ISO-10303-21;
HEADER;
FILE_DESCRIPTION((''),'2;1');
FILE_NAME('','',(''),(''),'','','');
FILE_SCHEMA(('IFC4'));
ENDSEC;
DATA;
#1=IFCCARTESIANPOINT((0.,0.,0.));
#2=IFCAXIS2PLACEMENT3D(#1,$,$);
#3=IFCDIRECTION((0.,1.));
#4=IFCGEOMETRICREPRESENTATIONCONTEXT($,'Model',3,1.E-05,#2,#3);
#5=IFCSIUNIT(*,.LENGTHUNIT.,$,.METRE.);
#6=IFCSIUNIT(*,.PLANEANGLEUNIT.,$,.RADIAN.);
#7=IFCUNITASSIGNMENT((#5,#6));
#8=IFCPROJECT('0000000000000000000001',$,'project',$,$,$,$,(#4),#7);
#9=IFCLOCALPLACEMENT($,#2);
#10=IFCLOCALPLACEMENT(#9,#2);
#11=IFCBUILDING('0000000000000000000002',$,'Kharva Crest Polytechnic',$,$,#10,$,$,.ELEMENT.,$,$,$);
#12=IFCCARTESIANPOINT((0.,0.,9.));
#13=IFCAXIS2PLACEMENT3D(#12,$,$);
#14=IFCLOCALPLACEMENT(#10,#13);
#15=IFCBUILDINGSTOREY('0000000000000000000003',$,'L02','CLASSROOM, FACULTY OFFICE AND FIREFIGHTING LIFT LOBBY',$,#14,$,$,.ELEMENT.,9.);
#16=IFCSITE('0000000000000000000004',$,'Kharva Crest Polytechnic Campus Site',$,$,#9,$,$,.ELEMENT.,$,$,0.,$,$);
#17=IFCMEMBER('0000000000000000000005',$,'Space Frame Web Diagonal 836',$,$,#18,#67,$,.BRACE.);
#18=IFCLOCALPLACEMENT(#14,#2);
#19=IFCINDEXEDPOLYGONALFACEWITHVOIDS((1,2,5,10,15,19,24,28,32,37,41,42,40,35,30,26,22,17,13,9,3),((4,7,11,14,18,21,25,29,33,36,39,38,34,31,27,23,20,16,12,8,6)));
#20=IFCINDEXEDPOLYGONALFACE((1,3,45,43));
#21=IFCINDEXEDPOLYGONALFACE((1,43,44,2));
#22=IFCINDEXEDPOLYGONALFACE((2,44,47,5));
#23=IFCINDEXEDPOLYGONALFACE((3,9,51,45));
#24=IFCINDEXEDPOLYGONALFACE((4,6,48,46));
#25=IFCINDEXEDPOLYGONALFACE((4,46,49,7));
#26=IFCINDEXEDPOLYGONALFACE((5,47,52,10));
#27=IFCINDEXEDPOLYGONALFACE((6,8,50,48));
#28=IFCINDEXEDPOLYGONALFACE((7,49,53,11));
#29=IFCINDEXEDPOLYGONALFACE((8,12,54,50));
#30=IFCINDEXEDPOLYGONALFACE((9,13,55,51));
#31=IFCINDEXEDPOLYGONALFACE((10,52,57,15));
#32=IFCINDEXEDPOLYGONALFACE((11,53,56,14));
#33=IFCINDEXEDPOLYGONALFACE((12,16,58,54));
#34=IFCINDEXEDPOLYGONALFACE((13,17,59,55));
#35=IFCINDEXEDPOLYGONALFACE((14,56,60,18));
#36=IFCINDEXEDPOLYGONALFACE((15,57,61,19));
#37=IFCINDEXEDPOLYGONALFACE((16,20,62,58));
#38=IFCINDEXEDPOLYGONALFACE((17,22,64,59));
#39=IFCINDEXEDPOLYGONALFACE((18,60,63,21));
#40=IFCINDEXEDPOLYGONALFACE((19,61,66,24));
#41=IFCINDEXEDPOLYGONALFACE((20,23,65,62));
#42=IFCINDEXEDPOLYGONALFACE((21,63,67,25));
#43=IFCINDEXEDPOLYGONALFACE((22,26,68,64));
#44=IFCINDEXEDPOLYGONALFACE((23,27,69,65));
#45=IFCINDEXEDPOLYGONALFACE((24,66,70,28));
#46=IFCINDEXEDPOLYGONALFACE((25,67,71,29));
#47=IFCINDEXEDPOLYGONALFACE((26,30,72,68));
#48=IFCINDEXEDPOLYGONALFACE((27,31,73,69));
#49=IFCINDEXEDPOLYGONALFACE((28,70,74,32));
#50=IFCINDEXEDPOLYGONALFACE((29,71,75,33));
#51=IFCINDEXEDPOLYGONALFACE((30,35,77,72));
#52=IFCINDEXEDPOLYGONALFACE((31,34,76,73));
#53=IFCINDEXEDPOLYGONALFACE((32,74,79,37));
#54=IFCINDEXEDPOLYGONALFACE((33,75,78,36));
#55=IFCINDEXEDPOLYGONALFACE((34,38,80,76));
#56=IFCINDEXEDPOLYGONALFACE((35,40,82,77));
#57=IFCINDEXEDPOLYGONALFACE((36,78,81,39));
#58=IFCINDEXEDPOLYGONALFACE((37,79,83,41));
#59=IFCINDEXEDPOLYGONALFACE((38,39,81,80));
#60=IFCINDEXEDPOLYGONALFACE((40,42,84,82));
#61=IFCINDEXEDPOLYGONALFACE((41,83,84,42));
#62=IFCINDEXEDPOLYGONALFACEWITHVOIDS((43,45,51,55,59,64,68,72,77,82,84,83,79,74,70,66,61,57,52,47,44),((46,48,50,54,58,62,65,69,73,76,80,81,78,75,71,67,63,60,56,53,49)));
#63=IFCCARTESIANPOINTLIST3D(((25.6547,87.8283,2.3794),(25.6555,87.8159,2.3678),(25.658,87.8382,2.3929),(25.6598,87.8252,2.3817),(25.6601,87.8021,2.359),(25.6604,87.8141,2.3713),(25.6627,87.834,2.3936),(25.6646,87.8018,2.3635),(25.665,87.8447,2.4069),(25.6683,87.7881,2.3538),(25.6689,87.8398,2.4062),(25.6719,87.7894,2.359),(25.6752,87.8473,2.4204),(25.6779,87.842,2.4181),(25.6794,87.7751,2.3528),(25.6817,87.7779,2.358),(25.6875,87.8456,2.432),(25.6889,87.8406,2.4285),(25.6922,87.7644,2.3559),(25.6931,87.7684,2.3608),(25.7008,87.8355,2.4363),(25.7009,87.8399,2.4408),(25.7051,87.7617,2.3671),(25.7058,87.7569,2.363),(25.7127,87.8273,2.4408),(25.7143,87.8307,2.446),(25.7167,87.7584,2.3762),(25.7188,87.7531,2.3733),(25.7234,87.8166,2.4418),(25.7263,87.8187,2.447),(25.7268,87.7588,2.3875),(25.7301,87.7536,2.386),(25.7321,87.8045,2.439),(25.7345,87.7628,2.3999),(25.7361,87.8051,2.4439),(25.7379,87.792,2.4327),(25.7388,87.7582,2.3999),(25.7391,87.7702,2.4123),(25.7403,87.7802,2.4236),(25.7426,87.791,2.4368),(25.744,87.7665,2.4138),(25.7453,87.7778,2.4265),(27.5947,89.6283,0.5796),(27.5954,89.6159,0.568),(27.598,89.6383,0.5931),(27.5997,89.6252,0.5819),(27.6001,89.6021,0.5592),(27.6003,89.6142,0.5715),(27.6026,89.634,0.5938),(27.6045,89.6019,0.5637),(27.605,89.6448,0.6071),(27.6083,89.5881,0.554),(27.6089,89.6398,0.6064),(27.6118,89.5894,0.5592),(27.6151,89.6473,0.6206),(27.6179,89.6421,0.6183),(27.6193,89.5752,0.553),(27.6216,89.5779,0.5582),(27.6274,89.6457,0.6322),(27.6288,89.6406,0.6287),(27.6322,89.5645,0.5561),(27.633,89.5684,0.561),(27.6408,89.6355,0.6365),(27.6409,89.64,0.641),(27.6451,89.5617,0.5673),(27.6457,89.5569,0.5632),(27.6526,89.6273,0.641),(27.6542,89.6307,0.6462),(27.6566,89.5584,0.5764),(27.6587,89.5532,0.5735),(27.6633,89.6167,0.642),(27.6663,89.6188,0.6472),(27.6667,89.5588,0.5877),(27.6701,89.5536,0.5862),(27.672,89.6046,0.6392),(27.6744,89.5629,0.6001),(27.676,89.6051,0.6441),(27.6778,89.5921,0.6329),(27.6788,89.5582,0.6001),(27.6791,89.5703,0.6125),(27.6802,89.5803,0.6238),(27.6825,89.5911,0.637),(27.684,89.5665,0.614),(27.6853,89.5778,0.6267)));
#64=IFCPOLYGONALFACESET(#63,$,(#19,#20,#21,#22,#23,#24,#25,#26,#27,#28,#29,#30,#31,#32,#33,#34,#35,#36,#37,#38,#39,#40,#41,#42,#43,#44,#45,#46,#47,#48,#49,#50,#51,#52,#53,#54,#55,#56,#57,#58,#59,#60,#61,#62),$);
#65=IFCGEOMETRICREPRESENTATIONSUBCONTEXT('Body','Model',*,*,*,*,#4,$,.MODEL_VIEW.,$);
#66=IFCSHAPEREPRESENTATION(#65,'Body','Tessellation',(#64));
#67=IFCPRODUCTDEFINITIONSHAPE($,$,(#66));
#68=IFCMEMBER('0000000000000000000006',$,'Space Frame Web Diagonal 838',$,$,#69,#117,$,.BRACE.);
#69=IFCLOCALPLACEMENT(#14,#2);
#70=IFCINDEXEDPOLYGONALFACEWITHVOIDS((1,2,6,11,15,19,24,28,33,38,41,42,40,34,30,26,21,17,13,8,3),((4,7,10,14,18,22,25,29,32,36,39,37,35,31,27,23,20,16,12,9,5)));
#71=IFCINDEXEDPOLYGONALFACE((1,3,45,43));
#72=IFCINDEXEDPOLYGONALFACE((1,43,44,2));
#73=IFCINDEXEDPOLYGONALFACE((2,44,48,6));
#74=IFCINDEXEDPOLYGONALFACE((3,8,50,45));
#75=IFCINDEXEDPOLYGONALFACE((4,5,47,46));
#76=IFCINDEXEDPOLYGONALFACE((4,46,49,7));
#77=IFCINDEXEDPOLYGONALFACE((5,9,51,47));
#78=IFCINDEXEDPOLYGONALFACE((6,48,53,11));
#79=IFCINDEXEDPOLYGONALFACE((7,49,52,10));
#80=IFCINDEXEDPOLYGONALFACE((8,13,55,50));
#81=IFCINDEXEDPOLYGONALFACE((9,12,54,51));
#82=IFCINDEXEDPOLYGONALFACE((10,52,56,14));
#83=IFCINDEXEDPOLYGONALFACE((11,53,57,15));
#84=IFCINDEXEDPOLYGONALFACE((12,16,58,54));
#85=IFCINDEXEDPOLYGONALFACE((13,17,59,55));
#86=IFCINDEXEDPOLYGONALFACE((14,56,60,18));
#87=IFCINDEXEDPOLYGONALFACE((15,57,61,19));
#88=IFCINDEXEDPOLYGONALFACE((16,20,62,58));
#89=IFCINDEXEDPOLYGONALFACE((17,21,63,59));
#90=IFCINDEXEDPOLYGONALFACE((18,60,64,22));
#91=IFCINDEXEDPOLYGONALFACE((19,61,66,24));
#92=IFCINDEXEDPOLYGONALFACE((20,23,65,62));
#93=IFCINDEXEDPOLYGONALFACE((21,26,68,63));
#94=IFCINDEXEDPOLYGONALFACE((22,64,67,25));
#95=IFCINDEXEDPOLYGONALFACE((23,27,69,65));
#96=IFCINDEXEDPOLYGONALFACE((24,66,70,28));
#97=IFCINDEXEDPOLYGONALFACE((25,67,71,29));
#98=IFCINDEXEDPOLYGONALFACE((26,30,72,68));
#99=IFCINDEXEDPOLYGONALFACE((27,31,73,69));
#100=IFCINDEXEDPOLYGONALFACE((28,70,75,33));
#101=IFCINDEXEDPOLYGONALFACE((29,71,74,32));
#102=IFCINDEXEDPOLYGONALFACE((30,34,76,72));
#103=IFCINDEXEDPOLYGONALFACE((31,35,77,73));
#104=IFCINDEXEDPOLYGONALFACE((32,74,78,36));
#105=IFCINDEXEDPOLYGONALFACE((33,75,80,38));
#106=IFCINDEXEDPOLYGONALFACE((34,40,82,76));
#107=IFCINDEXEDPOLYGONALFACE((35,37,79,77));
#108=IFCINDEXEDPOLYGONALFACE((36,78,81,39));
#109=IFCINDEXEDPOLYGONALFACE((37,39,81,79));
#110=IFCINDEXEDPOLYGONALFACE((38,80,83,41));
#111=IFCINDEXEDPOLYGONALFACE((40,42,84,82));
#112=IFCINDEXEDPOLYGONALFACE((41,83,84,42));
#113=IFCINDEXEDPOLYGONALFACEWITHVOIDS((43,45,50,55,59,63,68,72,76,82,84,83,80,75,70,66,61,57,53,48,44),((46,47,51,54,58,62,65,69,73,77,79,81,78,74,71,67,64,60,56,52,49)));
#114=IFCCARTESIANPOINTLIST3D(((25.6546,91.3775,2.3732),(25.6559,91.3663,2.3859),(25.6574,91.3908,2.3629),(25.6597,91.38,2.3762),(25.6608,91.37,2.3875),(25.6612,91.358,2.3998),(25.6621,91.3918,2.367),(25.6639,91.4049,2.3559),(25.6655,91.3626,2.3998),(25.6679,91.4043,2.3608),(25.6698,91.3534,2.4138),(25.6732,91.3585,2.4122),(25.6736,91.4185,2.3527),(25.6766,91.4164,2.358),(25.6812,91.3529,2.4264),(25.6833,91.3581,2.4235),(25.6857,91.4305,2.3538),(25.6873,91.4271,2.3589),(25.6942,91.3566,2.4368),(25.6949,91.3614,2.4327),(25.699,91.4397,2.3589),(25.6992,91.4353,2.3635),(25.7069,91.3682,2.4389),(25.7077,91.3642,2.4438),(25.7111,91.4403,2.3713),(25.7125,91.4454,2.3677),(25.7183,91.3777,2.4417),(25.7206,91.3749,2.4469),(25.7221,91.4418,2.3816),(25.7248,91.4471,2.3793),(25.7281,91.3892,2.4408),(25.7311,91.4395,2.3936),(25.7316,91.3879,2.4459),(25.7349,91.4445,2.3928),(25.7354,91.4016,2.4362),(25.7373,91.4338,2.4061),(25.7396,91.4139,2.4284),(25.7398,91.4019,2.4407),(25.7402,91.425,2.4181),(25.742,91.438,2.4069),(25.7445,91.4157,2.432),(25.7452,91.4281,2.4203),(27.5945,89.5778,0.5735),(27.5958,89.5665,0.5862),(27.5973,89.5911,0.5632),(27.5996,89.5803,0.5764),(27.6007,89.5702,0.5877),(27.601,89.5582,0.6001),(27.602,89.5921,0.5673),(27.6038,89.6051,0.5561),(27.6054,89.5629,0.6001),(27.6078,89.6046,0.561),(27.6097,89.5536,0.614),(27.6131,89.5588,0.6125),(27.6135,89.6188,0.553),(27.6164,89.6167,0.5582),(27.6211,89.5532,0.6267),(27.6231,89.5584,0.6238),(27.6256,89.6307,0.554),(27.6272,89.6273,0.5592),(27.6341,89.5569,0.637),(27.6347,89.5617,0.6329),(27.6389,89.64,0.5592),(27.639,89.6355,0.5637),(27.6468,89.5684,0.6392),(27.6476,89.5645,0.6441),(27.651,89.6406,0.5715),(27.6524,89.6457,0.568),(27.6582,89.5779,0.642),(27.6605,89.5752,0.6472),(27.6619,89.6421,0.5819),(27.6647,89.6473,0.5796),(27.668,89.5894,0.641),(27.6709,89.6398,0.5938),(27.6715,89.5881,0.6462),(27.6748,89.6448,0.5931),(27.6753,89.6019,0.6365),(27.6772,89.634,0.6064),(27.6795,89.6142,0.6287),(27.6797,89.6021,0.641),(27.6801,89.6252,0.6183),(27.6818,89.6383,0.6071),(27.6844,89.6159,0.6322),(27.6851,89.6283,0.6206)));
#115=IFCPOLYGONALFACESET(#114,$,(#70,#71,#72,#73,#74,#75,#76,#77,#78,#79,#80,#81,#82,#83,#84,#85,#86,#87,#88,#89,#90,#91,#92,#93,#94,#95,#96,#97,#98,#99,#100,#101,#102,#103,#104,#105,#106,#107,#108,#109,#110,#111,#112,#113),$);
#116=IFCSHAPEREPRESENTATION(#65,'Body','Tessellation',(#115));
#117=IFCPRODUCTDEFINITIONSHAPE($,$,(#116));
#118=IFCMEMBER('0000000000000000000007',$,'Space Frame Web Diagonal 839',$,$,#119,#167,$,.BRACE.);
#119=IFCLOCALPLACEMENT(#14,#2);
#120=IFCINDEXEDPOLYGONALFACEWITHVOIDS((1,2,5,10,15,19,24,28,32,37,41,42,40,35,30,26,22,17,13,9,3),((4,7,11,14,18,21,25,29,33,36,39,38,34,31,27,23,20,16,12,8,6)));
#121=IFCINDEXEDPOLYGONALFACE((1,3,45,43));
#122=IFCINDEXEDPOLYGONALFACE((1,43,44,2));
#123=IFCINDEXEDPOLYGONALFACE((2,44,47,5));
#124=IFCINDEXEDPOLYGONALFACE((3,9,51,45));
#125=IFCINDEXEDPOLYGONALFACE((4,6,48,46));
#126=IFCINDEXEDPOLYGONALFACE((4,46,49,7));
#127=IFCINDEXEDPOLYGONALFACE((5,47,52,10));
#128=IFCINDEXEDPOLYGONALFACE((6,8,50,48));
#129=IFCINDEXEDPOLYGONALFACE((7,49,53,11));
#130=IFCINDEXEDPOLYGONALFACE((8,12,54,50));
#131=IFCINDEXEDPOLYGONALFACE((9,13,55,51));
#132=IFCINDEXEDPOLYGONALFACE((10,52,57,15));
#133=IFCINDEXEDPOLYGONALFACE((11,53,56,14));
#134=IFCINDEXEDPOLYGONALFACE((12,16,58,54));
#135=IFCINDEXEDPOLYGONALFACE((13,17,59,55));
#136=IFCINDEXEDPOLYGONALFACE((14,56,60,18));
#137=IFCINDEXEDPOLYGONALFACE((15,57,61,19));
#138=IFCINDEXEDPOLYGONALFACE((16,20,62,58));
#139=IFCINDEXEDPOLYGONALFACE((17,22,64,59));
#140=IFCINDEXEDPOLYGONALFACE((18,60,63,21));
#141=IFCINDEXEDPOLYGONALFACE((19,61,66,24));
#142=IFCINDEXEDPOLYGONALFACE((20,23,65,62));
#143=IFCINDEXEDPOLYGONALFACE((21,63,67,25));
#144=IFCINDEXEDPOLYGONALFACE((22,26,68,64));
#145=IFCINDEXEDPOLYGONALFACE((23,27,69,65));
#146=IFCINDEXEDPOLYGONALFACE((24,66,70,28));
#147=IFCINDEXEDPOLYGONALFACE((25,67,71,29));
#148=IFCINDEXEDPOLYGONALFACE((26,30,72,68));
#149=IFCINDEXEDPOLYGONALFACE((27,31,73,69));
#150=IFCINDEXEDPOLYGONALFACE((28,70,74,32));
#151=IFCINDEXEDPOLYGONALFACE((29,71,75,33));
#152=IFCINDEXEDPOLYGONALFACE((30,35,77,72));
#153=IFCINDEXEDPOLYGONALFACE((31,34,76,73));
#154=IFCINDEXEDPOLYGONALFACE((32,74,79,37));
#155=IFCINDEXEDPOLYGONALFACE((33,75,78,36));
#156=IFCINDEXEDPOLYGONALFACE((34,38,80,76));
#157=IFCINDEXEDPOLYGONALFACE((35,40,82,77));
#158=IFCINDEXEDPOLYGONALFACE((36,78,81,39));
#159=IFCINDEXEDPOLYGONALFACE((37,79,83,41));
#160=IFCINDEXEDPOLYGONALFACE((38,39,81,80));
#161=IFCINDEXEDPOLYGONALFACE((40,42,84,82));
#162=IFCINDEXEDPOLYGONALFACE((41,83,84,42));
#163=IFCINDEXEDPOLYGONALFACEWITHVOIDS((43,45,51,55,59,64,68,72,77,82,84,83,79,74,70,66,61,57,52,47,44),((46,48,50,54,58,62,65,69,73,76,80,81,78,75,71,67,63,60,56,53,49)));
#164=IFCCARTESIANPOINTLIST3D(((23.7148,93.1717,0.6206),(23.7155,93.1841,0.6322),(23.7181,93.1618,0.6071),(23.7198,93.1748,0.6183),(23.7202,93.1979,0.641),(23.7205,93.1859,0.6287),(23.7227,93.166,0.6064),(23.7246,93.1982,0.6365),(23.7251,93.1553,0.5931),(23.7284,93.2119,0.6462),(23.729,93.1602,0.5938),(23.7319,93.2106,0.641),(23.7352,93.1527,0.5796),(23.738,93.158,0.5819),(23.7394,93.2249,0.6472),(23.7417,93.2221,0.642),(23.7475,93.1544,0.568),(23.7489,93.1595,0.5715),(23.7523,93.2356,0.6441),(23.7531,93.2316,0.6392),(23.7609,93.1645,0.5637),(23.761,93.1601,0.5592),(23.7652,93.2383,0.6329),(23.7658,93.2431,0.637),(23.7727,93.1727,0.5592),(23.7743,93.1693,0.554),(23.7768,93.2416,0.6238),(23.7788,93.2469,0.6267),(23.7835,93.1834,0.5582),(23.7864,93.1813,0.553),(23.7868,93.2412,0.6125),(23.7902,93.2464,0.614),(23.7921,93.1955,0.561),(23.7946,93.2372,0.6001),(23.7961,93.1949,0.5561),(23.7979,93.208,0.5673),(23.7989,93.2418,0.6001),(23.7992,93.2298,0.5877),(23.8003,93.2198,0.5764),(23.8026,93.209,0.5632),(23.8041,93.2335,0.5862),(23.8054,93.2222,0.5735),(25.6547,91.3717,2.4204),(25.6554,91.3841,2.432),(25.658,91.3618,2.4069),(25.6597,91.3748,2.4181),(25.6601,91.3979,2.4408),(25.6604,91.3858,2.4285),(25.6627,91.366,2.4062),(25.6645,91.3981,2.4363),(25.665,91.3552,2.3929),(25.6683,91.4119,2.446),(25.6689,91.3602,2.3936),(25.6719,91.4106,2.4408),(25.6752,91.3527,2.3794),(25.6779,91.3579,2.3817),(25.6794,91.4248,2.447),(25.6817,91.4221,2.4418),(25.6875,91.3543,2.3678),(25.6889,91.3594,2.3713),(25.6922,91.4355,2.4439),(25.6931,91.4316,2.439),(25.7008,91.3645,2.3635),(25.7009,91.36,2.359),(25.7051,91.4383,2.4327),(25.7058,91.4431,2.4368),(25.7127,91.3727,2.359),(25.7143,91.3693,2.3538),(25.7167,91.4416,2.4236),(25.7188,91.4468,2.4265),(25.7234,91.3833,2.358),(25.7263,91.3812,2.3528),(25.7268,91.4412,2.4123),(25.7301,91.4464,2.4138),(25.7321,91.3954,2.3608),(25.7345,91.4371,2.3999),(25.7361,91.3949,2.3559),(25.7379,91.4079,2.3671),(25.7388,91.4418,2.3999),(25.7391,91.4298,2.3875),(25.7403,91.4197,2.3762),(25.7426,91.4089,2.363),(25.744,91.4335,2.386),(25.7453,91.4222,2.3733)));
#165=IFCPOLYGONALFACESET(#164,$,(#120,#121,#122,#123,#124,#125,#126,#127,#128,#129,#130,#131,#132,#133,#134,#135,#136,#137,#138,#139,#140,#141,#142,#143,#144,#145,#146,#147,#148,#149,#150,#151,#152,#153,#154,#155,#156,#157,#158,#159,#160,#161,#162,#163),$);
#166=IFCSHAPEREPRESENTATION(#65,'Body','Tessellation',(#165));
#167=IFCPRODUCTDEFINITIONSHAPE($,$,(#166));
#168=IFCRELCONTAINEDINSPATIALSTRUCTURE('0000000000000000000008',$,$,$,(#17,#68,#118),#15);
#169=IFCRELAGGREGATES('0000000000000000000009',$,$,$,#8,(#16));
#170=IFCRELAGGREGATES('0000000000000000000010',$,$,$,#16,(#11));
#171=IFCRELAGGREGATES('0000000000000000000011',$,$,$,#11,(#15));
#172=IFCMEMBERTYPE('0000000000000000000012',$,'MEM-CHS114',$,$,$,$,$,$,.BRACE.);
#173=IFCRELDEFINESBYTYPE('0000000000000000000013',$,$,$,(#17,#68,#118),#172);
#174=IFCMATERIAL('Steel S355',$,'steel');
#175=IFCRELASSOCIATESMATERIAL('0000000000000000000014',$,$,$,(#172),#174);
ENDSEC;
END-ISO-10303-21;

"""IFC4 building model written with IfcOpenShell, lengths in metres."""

from ifc_helpers import new_model, si_unit, direction, frame, origin, origin_2d, place, context, subcontext, project, spatial, hollow_circle, extrude, material, material_profile, profile_set, type_object, element, save


model = new_model("IFC4")

# Units and contexts
model_context = context("Model", 3, precision=1e-05, world=origin(), true_north=direction((0.0, 1.0)))
body_context = subcontext(model_context, "Body", "Model", "MODEL_VIEW")
ifc_project = project(units=[si_unit("LENGTHUNIT", "METRE"), si_unit("PLANEANGLEUNIT", "RADIAN")], contexts=[model_context])

# Site, building, storey
site_placement = place(None, origin())
site = spatial("IfcSite", under=ifc_project, at=site_placement, Name="Kharva Crest Polytechnic Campus Site", CompositionType="ELEMENT", RefElevation=0.0)
building_placement = place(site_placement, origin())
building = spatial("IfcBuilding", under=site, at=building_placement, Name="Kharva Crest Polytechnic", CompositionType="ELEMENT")
storey_placement = place(building_placement, frame((0.0, 0.0, 9.0)))
storey = spatial("IfcBuildingStorey", under=building, at=storey_placement, Name="L02", Description="CLASSROOM, FACULTY OFFICE AND FIREFIGHTING LIFT LOBBY", CompositionType="ELEMENT", Elevation=9.0)

# Shared definitions
ifc_material_1 = material(Name="Steel S355", Category="steel")

# Members
ifc_material_profile_1 = material_profile(ifc_material_1, hollow_circle(Radius=0.0571, WallThickness=0.0063, at=origin_2d()), Name="CHS 114.3X6.3")
ifc_profile_set_1 = profile_set([ifc_material_profile_1], Name="Steel S355")
member_type_1 = type_object("IfcMemberType", Name="MEM-CHS114", PredefinedType="BRACE", material=ifc_profile_set_1)
member_1_placement = place(storey_placement, frame((27.6399, 89.6001, 0.6001), z_axis=(-0.606147, -0.562437, 0.562361), x_axis=(0.680182, -0.733043, 0.0)))
element("IfcMember", 1, at=member_1_placement, inside=storey, type_object=member_type_1, Name="Space Frame Web Diagonal 836", PredefinedType="BRACE", context=body_context, shape_type="SweptSolid", body=[
    extrude(hollow_circle(Radius=0.0571, WallThickness=0.0063, at=origin_2d()), origin(), (0.0, 0.0, 1.0), 3.2004),
])
member_2_placement = place(storey_placement, frame((27.6399, 89.6001, 0.6001), z_axis=(-0.606173, 0.562385, 0.562385), x_axis=(-0.680133, -0.733089, 0.0)))
element("IfcMember", 2, at=member_2_placement, inside=storey, type_object=member_type_1, Name="Space Frame Web Diagonal 838", PredefinedType="BRACE", context=body_context, shape_type="SweptSolid", body=[
    extrude(hollow_circle(Radius=0.0571, WallThickness=0.0063, at=origin_2d()), origin(), (0.0, 0.0, 1.0), 3.2002),
])
for number, where, z_axis, x_axis, name in (
    (3, (23.76, 93.2, 0.6001), (0.606147, -0.562437, 0.562361), (0.680182, 0.733043, 0.0), "Space Frame Web Diagonal 839"),
):
    element("IfcMember", number, at=place(storey_placement, frame(where, z_axis=z_axis, x_axis=x_axis)), inside=storey, type_object=member_type_1, Name=name, PredefinedType="BRACE", context=body_context, shape_type="SweptSolid", body=[
        extrude(hollow_circle(Radius=0.0571, WallThickness=0.0063, at=origin_2d()), origin(), (0.0, 0.0, 1.0), 3.2004),
    ])

save(model, "model.ifc")
